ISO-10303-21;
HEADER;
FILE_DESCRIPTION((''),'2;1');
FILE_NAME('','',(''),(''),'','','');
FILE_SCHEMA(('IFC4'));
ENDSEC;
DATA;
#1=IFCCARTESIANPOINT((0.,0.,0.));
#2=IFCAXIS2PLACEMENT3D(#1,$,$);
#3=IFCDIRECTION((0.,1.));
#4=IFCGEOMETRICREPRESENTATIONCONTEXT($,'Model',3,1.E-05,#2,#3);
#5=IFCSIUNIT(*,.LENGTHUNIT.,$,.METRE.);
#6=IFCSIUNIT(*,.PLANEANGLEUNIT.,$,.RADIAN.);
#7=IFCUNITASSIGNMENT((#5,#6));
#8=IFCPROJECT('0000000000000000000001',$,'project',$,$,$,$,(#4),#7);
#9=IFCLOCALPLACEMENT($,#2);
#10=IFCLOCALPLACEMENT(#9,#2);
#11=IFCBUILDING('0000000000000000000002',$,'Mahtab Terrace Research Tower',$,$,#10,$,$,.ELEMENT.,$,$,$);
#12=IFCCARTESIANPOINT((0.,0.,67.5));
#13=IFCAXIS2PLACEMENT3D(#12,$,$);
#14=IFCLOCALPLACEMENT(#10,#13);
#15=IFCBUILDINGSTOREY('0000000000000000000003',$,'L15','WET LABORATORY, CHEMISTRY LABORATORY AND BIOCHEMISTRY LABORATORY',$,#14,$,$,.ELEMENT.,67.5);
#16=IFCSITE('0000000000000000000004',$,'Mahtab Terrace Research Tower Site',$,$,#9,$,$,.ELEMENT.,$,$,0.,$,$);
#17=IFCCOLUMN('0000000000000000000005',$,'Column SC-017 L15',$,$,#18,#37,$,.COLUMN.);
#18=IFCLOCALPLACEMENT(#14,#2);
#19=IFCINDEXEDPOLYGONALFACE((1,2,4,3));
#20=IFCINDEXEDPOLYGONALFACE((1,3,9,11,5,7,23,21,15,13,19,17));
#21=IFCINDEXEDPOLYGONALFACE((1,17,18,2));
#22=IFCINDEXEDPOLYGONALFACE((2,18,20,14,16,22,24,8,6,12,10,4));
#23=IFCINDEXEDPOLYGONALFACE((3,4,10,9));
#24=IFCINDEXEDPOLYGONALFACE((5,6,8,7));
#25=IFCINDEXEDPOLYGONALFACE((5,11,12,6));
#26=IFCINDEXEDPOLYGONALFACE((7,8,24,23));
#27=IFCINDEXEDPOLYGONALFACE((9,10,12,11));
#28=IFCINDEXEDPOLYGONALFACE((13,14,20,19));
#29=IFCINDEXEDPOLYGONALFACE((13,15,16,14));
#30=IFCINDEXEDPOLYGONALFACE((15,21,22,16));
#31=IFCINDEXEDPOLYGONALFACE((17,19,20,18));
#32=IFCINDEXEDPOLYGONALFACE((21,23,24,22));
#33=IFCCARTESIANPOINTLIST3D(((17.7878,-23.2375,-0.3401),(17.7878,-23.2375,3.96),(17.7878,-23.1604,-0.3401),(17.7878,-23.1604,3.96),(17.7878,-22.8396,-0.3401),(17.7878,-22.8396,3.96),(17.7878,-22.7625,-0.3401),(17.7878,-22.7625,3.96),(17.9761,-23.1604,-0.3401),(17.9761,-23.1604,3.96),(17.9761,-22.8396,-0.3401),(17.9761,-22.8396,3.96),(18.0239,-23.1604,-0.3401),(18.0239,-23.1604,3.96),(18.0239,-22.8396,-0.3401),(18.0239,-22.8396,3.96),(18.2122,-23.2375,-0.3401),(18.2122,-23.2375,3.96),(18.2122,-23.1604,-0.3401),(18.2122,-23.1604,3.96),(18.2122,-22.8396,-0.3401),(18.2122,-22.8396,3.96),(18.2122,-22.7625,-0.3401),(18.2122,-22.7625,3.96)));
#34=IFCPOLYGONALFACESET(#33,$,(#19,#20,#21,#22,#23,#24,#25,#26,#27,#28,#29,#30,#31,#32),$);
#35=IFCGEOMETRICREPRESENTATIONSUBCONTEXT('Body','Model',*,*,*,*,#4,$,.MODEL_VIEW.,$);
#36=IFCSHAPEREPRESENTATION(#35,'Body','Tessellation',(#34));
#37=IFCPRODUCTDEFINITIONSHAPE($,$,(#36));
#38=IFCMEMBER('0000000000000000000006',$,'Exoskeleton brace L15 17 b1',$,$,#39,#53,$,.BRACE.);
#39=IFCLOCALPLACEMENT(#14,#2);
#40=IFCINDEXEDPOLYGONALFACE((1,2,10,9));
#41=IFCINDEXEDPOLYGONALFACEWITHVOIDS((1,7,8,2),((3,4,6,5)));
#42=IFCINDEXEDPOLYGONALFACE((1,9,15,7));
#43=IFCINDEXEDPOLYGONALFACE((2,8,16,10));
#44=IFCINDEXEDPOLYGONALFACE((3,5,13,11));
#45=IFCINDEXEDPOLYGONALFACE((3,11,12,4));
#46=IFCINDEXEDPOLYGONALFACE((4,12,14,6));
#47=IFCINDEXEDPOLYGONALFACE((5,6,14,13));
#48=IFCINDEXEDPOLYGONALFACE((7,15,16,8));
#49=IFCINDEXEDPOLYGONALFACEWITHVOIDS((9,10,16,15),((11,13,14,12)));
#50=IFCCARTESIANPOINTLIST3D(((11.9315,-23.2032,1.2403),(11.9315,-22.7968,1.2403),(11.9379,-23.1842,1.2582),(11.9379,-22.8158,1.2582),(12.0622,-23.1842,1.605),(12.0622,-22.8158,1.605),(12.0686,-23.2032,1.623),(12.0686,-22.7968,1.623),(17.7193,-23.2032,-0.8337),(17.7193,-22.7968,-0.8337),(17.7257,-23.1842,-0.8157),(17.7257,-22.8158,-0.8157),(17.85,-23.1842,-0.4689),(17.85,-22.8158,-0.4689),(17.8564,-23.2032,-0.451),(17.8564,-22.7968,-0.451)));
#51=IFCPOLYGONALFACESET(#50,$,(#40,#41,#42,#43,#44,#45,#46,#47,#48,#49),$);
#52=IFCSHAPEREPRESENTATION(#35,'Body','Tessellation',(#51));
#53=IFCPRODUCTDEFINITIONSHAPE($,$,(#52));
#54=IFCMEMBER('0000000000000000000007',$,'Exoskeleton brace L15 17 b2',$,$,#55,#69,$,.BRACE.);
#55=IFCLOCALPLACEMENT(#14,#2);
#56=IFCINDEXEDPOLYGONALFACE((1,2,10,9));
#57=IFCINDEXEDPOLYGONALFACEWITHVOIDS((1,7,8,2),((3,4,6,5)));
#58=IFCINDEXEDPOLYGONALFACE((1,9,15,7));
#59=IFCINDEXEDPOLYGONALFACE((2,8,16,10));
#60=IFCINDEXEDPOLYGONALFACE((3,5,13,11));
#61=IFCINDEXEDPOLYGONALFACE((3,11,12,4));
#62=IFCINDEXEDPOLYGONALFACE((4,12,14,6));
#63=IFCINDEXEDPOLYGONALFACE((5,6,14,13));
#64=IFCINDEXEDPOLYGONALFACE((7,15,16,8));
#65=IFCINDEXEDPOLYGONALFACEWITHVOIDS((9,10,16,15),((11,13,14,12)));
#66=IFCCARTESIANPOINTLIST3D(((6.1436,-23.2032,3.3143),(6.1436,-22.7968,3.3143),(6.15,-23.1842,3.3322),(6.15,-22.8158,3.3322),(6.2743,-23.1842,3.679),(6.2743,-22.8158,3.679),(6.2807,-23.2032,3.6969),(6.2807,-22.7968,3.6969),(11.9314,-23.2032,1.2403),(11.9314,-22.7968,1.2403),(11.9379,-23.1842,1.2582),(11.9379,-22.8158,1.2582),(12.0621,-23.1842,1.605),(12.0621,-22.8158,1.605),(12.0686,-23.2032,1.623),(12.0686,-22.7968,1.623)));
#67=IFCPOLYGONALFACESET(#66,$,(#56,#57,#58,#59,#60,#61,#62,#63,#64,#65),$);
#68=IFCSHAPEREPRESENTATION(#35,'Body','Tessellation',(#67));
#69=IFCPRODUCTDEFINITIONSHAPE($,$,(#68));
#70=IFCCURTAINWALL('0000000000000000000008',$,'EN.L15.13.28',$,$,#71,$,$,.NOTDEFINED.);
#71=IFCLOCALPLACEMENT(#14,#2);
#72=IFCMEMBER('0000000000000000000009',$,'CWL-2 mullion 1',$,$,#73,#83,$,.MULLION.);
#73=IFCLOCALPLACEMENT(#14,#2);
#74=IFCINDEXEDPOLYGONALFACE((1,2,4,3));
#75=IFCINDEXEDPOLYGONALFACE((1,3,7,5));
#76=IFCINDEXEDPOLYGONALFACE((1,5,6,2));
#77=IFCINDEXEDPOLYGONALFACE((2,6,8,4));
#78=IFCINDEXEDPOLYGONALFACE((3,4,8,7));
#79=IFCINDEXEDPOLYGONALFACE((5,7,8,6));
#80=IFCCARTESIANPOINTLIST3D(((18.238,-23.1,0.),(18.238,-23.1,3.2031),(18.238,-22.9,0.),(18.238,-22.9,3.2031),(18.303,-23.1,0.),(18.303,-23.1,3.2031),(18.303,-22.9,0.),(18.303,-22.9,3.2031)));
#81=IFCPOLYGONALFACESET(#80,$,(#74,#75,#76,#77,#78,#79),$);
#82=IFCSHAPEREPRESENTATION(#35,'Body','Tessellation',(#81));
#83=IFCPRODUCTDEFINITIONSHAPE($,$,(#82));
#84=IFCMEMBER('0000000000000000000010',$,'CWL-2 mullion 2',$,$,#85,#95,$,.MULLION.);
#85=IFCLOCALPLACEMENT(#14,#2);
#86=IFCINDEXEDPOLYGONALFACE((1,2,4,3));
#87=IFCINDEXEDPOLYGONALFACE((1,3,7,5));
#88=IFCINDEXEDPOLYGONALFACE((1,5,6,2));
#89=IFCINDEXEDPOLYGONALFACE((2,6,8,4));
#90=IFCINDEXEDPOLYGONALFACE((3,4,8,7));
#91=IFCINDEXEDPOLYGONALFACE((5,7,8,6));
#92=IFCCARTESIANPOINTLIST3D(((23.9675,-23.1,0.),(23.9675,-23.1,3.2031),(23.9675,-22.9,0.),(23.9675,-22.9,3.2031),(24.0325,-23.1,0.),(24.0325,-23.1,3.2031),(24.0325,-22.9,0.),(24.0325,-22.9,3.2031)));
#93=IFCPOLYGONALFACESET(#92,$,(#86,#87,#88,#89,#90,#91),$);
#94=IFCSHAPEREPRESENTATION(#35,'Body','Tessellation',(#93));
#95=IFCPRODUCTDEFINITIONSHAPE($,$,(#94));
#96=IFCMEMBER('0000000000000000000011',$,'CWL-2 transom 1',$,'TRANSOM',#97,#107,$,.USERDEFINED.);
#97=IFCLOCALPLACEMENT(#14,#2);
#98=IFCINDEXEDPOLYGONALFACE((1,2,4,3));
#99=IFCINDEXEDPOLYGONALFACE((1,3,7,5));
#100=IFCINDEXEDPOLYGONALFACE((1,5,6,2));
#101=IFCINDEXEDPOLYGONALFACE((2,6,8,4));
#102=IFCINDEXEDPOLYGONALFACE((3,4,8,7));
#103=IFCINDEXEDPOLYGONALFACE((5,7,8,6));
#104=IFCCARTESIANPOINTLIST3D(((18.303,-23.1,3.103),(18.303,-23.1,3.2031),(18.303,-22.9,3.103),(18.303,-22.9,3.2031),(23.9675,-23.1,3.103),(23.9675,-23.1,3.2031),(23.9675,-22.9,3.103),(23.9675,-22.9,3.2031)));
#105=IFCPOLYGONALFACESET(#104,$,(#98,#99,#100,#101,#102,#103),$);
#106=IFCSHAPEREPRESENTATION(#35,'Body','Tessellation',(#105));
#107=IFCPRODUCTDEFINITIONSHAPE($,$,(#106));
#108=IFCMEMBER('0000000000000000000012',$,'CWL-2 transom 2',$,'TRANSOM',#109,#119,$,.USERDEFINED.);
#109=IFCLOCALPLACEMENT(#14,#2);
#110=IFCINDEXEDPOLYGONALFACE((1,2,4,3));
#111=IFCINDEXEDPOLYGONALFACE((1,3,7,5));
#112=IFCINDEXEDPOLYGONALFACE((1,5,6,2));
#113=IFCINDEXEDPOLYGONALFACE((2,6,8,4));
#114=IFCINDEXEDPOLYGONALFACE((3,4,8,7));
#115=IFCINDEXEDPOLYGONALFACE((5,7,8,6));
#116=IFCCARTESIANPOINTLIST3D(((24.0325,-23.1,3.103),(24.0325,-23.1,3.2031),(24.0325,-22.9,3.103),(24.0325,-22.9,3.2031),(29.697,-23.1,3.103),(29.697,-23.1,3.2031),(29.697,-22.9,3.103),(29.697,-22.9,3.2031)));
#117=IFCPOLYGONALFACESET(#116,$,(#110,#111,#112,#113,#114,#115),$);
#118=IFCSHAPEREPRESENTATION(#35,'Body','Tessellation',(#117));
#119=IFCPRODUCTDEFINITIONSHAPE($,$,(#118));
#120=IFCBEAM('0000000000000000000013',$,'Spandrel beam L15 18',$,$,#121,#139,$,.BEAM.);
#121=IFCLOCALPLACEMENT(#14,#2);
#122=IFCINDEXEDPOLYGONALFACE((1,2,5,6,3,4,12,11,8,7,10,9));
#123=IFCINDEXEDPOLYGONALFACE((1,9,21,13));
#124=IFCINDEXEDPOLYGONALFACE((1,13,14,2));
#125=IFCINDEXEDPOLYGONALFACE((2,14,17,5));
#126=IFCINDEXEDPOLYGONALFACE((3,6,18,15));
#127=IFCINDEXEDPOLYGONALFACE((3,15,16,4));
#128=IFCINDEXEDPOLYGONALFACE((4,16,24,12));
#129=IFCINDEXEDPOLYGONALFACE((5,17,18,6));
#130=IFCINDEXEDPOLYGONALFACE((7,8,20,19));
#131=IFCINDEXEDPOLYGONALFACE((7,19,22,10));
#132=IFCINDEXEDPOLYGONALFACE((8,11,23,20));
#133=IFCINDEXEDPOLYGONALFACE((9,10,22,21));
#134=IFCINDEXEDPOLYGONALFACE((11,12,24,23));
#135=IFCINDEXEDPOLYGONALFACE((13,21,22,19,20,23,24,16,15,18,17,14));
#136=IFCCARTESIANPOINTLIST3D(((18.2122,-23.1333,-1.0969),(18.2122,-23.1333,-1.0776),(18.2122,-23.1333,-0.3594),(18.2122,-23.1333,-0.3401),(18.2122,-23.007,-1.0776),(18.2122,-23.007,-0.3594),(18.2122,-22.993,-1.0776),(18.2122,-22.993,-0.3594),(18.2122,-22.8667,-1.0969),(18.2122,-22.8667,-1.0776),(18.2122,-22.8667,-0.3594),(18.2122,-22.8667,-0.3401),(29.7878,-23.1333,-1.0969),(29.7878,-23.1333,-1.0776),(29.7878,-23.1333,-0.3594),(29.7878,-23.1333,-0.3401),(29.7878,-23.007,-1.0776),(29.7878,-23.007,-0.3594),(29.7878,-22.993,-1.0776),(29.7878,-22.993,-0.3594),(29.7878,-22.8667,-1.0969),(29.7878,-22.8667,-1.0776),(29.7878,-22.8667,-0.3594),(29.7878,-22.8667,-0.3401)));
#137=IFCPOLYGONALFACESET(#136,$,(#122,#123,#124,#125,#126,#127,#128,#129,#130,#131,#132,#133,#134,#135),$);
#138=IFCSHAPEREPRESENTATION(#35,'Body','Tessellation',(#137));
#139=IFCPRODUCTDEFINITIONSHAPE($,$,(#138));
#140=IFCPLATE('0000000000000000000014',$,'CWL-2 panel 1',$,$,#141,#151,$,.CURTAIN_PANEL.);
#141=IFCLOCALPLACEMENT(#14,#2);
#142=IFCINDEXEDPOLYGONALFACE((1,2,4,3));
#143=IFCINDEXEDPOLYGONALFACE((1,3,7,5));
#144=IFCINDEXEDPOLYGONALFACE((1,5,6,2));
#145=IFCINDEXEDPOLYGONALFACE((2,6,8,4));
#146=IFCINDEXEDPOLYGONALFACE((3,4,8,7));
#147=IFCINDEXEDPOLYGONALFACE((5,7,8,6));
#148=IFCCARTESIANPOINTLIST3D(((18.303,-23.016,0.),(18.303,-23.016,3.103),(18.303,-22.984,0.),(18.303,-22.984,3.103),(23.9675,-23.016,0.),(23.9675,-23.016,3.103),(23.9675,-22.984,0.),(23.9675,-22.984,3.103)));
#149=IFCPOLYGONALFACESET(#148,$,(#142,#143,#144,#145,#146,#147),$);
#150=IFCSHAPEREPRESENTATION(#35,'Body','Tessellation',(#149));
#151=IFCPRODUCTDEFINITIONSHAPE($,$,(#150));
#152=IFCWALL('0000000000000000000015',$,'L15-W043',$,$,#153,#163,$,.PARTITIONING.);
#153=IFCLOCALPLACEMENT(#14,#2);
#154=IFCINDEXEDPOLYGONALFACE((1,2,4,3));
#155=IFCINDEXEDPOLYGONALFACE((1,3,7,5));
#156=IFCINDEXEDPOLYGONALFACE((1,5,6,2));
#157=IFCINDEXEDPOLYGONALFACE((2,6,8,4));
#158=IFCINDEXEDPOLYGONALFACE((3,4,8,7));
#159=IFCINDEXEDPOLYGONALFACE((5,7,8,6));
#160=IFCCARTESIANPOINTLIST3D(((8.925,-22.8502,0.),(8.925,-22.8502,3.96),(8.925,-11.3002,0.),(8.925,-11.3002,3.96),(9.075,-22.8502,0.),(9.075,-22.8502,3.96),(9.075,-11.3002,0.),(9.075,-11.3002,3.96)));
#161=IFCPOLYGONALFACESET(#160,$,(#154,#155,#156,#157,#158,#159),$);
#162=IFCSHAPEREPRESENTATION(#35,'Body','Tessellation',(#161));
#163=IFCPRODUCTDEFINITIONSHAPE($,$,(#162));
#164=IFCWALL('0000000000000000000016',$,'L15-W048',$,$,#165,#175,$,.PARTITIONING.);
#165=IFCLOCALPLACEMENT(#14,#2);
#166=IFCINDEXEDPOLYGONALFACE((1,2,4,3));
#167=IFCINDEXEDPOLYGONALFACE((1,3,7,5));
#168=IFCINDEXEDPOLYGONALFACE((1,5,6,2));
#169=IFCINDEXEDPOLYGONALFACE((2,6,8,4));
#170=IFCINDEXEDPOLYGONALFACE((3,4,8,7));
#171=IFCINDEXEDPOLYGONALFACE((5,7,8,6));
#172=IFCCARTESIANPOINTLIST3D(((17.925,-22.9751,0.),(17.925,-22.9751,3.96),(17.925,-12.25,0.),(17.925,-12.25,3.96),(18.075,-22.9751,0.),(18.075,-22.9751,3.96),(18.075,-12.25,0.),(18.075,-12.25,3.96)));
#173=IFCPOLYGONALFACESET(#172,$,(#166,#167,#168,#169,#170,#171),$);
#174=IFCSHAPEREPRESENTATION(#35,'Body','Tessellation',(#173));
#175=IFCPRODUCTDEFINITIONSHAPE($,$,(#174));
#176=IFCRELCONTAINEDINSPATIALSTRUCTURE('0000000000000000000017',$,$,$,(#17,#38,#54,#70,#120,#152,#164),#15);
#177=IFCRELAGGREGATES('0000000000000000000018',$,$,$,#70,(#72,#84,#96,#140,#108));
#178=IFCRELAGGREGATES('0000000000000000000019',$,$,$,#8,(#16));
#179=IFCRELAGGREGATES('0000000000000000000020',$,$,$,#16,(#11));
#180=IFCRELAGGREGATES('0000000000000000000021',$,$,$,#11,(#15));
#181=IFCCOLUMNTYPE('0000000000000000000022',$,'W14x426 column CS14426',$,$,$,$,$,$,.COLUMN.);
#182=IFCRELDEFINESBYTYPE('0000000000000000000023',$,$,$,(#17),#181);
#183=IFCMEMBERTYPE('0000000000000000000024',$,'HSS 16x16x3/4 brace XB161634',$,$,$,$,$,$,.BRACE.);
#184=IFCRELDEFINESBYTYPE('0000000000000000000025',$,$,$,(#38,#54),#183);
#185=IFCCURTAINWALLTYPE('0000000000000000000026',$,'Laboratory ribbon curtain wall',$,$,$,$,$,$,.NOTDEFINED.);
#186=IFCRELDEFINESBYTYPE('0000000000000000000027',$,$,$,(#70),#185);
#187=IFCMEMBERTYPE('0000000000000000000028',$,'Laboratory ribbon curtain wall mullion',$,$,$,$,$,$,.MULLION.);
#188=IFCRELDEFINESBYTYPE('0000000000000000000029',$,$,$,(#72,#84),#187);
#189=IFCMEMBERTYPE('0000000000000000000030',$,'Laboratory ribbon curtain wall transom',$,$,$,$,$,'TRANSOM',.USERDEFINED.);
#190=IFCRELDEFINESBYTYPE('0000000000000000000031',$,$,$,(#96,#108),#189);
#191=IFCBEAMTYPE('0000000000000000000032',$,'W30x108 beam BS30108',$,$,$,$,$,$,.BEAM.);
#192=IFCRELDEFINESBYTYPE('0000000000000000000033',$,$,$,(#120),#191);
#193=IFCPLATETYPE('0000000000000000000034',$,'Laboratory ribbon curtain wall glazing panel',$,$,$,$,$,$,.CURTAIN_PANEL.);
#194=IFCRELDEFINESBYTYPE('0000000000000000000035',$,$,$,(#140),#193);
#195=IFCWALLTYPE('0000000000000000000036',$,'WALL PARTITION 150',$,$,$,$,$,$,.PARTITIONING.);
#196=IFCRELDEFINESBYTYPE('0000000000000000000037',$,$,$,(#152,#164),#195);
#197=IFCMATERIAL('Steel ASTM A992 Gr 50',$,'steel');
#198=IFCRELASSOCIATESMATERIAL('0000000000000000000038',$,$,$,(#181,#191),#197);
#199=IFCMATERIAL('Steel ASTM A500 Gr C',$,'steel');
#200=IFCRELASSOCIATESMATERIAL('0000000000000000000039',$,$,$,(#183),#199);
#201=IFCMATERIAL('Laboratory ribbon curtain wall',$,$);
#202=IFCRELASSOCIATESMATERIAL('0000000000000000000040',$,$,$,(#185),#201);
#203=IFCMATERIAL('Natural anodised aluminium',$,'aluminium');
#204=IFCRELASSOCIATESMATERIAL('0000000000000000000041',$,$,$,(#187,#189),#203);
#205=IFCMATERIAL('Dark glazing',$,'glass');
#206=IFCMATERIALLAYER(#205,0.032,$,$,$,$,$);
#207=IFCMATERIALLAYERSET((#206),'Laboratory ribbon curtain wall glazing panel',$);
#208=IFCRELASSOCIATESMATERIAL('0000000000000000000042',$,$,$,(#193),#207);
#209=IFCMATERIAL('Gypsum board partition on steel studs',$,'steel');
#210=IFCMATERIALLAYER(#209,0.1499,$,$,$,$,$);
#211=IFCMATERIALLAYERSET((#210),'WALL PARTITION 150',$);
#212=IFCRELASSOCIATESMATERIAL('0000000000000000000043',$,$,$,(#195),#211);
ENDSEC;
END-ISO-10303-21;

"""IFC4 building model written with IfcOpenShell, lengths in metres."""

from ifc_helpers import new_model, si_unit, direction, frame, frame_2d, origin, origin_2d, place, context, subcontext, project, spatial, rectangle, hollow_rectangle, i_section, extrude, material, layer, layer_set, material_profile, profile_set, type_object, element, aggregate, save


model = new_model("IFC4")

# Units and contexts
model_context = context("Model", 3, precision=1e-05, world=origin(), true_north=direction((0.0, 1.0)))
body_context = subcontext(model_context, "Body", "Model", "MODEL_VIEW")
ifc_project = project(units=[si_unit("LENGTHUNIT", "METRE"), si_unit("PLANEANGLEUNIT", "RADIAN")], contexts=[model_context])

# Site, building, storey
site_placement = place(None, origin())
site = spatial("IfcSite", under=ifc_project, at=site_placement, Name="Mahtab Terrace Research Tower Site", CompositionType="ELEMENT", RefElevation=0.0)
building_placement = place(site_placement, origin())
building = spatial("IfcBuilding", under=site, at=building_placement, Name="Mahtab Terrace Research Tower", CompositionType="ELEMENT")
storey_placement = place(building_placement, frame((0.0, 0.0, 67.5)))
storey = spatial("IfcBuildingStorey", under=building, at=storey_placement, Name="L15", Description="WET LABORATORY, CHEMISTRY LABORATORY AND BIOCHEMISTRY LABORATORY", CompositionType="ELEMENT", Elevation=67.5)

# Column
ifc_material_1 = material(Name="Steel ASTM A992 Gr 50", Category="steel")
ifc_material_profile_1 = material_profile(ifc_material_1, i_section(OverallWidth=0.4243, OverallDepth=0.4751, WebThickness=0.0479, FlangeThickness=0.0771, at=origin_2d()), Name="W14X426")
ifc_profile_set_1 = profile_set([ifc_material_profile_1], Name="Steel ASTM A992 Gr 50")
column_type = type_object("IfcColumnType", Name="W14x426 column CS14426", PredefinedType="COLUMN", material=ifc_profile_set_1)
column_placement = place(storey_placement, frame((18.0, -23.0, -0.3401), z_axis=(0.0, 0.0, 1.0), x_axis=(1.0, 0.0, 0.0)))
element("IfcColumn", 1, at=column_placement, inside=storey, type_object=column_type, Name="Column SC-017 L15", PredefinedType="COLUMN", context=body_context, shape_type="SweptSolid", body=[
    extrude(i_section(OverallWidth=0.4243, OverallDepth=0.4751, WebThickness=0.0479, FlangeThickness=0.0771, at=origin_2d()), origin(), (0.0, 0.0, 1.0), 4.3),
])

# Members
ifc_material_2 = material(Name="Steel ASTM A500 Gr C", Category="steel")
ifc_material_profile_2 = material_profile(ifc_material_2, hollow_rectangle(XDim=0.4065, YDim=0.4065, WallThickness=0.019, at=origin_2d()), Name="HSS16X16X3/4")
ifc_profile_set_2 = profile_set([ifc_material_profile_2], Name="Steel ASTM A500 Gr C")
member_type_1 = type_object("IfcMemberType", Name="HSS 16x16x3/4 brace XB161634", PredefinedType="BRACE", material=ifc_profile_set_2)
for number, where, z_axis, x_axis, name in (
    (2, (17.7878, -23.0, -0.6423), (-0.941387, 0.0, 0.33733), (0.0, -1.0, 0.0), "Exoskeleton brace L15 17 b1"),
    (3, (12.0, -23.0, 1.4316), (-0.941387, 0.0, 0.33733), (0.0, -1.0, 0.0), "Exoskeleton brace L15 17 b2"),
):
    element("IfcMember", number, at=place(storey_placement, frame(where, z_axis=z_axis, x_axis=x_axis)), inside=storey, type_object=member_type_1, Name=name, PredefinedType="BRACE", context=body_context, shape_type="SweptSolid", body=[
        extrude(hollow_rectangle(XDim=0.4065, YDim=0.4065, WallThickness=0.019, at=origin_2d()), origin(), (0.0, 0.0, 1.0), 6.1482),
    ])

# Curtain wall, members
ifc_material_3 = material(Name="Laboratory ribbon curtain wall")
curtain_wall_type = type_object("IfcCurtainWallType", Name="Laboratory ribbon curtain wall", PredefinedType="NOTDEFINED", material=ifc_material_3)
curtain_wall_placement = place(storey_placement, origin())
curtain_wall = element("IfcCurtainWall", 4, at=curtain_wall_placement, inside=storey, type_object=curtain_wall_type, Name="EN.L15.13.28", PredefinedType="NOTDEFINED")
ifc_material_4 = material(Name="Natural anodised aluminium", Category="aluminium")
ifc_material_profile_3 = material_profile(ifc_material_4, rectangle(XDim=0.2, YDim=0.0649, at=origin_2d()), Name="MULLION 65x200")
ifc_profile_set_3 = profile_set([ifc_material_profile_3], Name="Natural anodised aluminium")
member_type_2 = type_object("IfcMemberType", Name="Laboratory ribbon curtain wall mullion", PredefinedType="MULLION", material=ifc_profile_set_3)
member_1_placement = place(storey_placement, frame((18.2705, -23.0, 0.0), z_axis=(0.0, 0.0, 1.0), x_axis=(0.0, 1.0, 0.0)))
member_1 = element("IfcMember", 5, at=member_1_placement, type_object=member_type_2, Name="CWL-2 mullion 1", PredefinedType="MULLION", context=body_context, shape_type="SweptSolid", body=[
    extrude(rectangle(XDim=0.2, YDim=0.0649, at=origin_2d()), origin(), (0.0, 0.0, 1.0), 3.2031),
])
member_2_placement = place(storey_placement, frame((24.0, -23.0, 0.0), z_axis=(0.0, 0.0, 1.0), x_axis=(0.0, 1.0, 0.0)))
member_2 = element("IfcMember", 6, at=member_2_placement, type_object=member_type_2, Name="CWL-2 mullion 2", PredefinedType="MULLION", context=body_context, shape_type="SweptSolid", body=[
    extrude(rectangle(XDim=0.2, YDim=0.0649, at=origin_2d()), origin(), (0.0, 0.0, 1.0), 3.2031),
])
ifc_material_profile_4 = material_profile(ifc_material_4, rectangle(XDim=0.2, YDim=0.1001, at=origin_2d()), Name="TRANSOM 100x200")
ifc_profile_set_4 = profile_set([ifc_material_profile_4], Name="Natural anodised aluminium")
member_type_3 = type_object("IfcMemberType", Name="Laboratory ribbon curtain wall transom", ElementType="TRANSOM", PredefinedType="USERDEFINED", material=ifc_profile_set_4)
member_3_placement = place(storey_placement, frame((18.303, -23.0, 3.1531), z_axis=(1.0, 0.0, 0.0), x_axis=(0.0, 1.0, 0.0)))
member_3 = element("IfcMember", 7, at=member_3_placement, type_object=member_type_3, Name="CWL-2 transom 1", ObjectType="TRANSOM", PredefinedType="USERDEFINED", context=body_context, shape_type="SweptSolid", body=[
    extrude(rectangle(XDim=0.2, YDim=0.1001, at=origin_2d()), origin(), (0.0, 0.0, 1.0), 5.6646),
])
member_4_placement = place(storey_placement, frame((24.0325, -23.0, 3.1531), z_axis=(1.0, 0.0, 0.0), x_axis=(0.0, 1.0, 0.0)))
member_4 = element("IfcMember", 8, at=member_4_placement, type_object=member_type_3, Name="CWL-2 transom 2", ObjectType="TRANSOM", PredefinedType="USERDEFINED", context=body_context, shape_type="SweptSolid", body=[
    extrude(rectangle(XDim=0.2, YDim=0.1001, at=origin_2d()), origin(), (0.0, 0.0, 1.0), 5.6646),
])

# Beam
ifc_material_profile_5 = material_profile(ifc_material_1, i_section(OverallWidth=0.2666, OverallDepth=0.7568, WebThickness=0.0139, FlangeThickness=0.0193, at=origin_2d()), Name="W30X108")
ifc_profile_set_5 = profile_set([ifc_material_profile_5], Name="Steel ASTM A992 Gr 50")
beam_type = type_object("IfcBeamType", Name="W30x108 beam BS30108", PredefinedType="BEAM", material=ifc_profile_set_5)
beam_placement = place(storey_placement, frame((18.2122, -23.0, -0.7185), z_axis=(1.0, 0.0, 0.0), x_axis=(0.0, 1.0, 0.0)))
element("IfcBeam", 9, at=beam_placement, inside=storey, type_object=beam_type, Name="Spandrel beam L15 18", PredefinedType="BEAM", context=body_context, shape_type="SweptSolid", body=[
    extrude(i_section(OverallWidth=0.2666, OverallDepth=0.7568, WebThickness=0.0139, FlangeThickness=0.0193, at=origin_2d()), origin(), (0.0, 0.0, 1.0), 11.5757),
])

# Plate
ifc_material_5 = material(Name="Dark glazing", Category="glass")
ifc_layer_1 = layer(ifc_material_5, 0.032)
ifc_layer_set_1 = layer_set([ifc_layer_1], Name="Laboratory ribbon curtain wall glazing panel")
plate_type = type_object("IfcPlateType", Name="Laboratory ribbon curtain wall glazing panel", PredefinedType="CURTAIN_PANEL", material=ifc_layer_set_1)
plate_placement = place(storey_placement, frame((21.1353, -23.0, 0.0), z_axis=(0.0, 0.0, 1.0), x_axis=(1.0, 0.0, 0.0)))
plate = element("IfcPlate", 10, at=plate_placement, type_object=plate_type, Name="CWL-2 panel 1", PredefinedType="CURTAIN_PANEL", context=body_context, shape_type="SweptSolid", body=[
    extrude(rectangle(XDim=5.6646, YDim=0.032, at=origin_2d()), origin(), (0.0, 0.0, 1.0), 3.103),
])
aggregate(curtain_wall, [member_1, member_2, member_3, plate, member_4])

# Walls
ifc_material_6 = material(Name="Gypsum board partition on steel studs", Category="steel")
ifc_layer_2 = layer(ifc_material_6, 0.1499)
ifc_layer_set_2 = layer_set([ifc_layer_2], Name="WALL PARTITION 150")
wall_type = type_object("IfcWallType", Name="WALL PARTITION 150", PredefinedType="PARTITIONING", material=ifc_layer_set_2)
wall_1_placement = place(storey_placement, frame((9.0, -22.8501, 0.0), z_axis=(0.0, 0.0, 1.0), x_axis=(0.0, 1.0, 0.0)))
element("IfcWall", 11, at=wall_1_placement, inside=storey, type_object=wall_type, Name="L15-W043", PredefinedType="PARTITIONING", context=body_context, shape_type="SweptSolid", body=[
    extrude(rectangle(XDim=11.55, YDim=0.1499, at=frame_2d((5.7749, 0.0))), origin(), (0.0, 0.0, 1.0), 3.96),
])
wall_2_placement = place(storey_placement, frame((18.0, -22.9751, 0.0), z_axis=(0.0, 0.0, 1.0), x_axis=(0.0, 1.0, 0.0)))
element("IfcWall", 12, at=wall_2_placement, inside=storey, type_object=wall_type, Name="L15-W048", PredefinedType="PARTITIONING", context=body_context, shape_type="SweptSolid", body=[
    extrude(rectangle(XDim=10.7251, YDim=0.1499, at=frame_2d((5.3625, 0.0))), origin(), (0.0, 0.0, 1.0), 3.96),
])

save(model, "model.ifc")
